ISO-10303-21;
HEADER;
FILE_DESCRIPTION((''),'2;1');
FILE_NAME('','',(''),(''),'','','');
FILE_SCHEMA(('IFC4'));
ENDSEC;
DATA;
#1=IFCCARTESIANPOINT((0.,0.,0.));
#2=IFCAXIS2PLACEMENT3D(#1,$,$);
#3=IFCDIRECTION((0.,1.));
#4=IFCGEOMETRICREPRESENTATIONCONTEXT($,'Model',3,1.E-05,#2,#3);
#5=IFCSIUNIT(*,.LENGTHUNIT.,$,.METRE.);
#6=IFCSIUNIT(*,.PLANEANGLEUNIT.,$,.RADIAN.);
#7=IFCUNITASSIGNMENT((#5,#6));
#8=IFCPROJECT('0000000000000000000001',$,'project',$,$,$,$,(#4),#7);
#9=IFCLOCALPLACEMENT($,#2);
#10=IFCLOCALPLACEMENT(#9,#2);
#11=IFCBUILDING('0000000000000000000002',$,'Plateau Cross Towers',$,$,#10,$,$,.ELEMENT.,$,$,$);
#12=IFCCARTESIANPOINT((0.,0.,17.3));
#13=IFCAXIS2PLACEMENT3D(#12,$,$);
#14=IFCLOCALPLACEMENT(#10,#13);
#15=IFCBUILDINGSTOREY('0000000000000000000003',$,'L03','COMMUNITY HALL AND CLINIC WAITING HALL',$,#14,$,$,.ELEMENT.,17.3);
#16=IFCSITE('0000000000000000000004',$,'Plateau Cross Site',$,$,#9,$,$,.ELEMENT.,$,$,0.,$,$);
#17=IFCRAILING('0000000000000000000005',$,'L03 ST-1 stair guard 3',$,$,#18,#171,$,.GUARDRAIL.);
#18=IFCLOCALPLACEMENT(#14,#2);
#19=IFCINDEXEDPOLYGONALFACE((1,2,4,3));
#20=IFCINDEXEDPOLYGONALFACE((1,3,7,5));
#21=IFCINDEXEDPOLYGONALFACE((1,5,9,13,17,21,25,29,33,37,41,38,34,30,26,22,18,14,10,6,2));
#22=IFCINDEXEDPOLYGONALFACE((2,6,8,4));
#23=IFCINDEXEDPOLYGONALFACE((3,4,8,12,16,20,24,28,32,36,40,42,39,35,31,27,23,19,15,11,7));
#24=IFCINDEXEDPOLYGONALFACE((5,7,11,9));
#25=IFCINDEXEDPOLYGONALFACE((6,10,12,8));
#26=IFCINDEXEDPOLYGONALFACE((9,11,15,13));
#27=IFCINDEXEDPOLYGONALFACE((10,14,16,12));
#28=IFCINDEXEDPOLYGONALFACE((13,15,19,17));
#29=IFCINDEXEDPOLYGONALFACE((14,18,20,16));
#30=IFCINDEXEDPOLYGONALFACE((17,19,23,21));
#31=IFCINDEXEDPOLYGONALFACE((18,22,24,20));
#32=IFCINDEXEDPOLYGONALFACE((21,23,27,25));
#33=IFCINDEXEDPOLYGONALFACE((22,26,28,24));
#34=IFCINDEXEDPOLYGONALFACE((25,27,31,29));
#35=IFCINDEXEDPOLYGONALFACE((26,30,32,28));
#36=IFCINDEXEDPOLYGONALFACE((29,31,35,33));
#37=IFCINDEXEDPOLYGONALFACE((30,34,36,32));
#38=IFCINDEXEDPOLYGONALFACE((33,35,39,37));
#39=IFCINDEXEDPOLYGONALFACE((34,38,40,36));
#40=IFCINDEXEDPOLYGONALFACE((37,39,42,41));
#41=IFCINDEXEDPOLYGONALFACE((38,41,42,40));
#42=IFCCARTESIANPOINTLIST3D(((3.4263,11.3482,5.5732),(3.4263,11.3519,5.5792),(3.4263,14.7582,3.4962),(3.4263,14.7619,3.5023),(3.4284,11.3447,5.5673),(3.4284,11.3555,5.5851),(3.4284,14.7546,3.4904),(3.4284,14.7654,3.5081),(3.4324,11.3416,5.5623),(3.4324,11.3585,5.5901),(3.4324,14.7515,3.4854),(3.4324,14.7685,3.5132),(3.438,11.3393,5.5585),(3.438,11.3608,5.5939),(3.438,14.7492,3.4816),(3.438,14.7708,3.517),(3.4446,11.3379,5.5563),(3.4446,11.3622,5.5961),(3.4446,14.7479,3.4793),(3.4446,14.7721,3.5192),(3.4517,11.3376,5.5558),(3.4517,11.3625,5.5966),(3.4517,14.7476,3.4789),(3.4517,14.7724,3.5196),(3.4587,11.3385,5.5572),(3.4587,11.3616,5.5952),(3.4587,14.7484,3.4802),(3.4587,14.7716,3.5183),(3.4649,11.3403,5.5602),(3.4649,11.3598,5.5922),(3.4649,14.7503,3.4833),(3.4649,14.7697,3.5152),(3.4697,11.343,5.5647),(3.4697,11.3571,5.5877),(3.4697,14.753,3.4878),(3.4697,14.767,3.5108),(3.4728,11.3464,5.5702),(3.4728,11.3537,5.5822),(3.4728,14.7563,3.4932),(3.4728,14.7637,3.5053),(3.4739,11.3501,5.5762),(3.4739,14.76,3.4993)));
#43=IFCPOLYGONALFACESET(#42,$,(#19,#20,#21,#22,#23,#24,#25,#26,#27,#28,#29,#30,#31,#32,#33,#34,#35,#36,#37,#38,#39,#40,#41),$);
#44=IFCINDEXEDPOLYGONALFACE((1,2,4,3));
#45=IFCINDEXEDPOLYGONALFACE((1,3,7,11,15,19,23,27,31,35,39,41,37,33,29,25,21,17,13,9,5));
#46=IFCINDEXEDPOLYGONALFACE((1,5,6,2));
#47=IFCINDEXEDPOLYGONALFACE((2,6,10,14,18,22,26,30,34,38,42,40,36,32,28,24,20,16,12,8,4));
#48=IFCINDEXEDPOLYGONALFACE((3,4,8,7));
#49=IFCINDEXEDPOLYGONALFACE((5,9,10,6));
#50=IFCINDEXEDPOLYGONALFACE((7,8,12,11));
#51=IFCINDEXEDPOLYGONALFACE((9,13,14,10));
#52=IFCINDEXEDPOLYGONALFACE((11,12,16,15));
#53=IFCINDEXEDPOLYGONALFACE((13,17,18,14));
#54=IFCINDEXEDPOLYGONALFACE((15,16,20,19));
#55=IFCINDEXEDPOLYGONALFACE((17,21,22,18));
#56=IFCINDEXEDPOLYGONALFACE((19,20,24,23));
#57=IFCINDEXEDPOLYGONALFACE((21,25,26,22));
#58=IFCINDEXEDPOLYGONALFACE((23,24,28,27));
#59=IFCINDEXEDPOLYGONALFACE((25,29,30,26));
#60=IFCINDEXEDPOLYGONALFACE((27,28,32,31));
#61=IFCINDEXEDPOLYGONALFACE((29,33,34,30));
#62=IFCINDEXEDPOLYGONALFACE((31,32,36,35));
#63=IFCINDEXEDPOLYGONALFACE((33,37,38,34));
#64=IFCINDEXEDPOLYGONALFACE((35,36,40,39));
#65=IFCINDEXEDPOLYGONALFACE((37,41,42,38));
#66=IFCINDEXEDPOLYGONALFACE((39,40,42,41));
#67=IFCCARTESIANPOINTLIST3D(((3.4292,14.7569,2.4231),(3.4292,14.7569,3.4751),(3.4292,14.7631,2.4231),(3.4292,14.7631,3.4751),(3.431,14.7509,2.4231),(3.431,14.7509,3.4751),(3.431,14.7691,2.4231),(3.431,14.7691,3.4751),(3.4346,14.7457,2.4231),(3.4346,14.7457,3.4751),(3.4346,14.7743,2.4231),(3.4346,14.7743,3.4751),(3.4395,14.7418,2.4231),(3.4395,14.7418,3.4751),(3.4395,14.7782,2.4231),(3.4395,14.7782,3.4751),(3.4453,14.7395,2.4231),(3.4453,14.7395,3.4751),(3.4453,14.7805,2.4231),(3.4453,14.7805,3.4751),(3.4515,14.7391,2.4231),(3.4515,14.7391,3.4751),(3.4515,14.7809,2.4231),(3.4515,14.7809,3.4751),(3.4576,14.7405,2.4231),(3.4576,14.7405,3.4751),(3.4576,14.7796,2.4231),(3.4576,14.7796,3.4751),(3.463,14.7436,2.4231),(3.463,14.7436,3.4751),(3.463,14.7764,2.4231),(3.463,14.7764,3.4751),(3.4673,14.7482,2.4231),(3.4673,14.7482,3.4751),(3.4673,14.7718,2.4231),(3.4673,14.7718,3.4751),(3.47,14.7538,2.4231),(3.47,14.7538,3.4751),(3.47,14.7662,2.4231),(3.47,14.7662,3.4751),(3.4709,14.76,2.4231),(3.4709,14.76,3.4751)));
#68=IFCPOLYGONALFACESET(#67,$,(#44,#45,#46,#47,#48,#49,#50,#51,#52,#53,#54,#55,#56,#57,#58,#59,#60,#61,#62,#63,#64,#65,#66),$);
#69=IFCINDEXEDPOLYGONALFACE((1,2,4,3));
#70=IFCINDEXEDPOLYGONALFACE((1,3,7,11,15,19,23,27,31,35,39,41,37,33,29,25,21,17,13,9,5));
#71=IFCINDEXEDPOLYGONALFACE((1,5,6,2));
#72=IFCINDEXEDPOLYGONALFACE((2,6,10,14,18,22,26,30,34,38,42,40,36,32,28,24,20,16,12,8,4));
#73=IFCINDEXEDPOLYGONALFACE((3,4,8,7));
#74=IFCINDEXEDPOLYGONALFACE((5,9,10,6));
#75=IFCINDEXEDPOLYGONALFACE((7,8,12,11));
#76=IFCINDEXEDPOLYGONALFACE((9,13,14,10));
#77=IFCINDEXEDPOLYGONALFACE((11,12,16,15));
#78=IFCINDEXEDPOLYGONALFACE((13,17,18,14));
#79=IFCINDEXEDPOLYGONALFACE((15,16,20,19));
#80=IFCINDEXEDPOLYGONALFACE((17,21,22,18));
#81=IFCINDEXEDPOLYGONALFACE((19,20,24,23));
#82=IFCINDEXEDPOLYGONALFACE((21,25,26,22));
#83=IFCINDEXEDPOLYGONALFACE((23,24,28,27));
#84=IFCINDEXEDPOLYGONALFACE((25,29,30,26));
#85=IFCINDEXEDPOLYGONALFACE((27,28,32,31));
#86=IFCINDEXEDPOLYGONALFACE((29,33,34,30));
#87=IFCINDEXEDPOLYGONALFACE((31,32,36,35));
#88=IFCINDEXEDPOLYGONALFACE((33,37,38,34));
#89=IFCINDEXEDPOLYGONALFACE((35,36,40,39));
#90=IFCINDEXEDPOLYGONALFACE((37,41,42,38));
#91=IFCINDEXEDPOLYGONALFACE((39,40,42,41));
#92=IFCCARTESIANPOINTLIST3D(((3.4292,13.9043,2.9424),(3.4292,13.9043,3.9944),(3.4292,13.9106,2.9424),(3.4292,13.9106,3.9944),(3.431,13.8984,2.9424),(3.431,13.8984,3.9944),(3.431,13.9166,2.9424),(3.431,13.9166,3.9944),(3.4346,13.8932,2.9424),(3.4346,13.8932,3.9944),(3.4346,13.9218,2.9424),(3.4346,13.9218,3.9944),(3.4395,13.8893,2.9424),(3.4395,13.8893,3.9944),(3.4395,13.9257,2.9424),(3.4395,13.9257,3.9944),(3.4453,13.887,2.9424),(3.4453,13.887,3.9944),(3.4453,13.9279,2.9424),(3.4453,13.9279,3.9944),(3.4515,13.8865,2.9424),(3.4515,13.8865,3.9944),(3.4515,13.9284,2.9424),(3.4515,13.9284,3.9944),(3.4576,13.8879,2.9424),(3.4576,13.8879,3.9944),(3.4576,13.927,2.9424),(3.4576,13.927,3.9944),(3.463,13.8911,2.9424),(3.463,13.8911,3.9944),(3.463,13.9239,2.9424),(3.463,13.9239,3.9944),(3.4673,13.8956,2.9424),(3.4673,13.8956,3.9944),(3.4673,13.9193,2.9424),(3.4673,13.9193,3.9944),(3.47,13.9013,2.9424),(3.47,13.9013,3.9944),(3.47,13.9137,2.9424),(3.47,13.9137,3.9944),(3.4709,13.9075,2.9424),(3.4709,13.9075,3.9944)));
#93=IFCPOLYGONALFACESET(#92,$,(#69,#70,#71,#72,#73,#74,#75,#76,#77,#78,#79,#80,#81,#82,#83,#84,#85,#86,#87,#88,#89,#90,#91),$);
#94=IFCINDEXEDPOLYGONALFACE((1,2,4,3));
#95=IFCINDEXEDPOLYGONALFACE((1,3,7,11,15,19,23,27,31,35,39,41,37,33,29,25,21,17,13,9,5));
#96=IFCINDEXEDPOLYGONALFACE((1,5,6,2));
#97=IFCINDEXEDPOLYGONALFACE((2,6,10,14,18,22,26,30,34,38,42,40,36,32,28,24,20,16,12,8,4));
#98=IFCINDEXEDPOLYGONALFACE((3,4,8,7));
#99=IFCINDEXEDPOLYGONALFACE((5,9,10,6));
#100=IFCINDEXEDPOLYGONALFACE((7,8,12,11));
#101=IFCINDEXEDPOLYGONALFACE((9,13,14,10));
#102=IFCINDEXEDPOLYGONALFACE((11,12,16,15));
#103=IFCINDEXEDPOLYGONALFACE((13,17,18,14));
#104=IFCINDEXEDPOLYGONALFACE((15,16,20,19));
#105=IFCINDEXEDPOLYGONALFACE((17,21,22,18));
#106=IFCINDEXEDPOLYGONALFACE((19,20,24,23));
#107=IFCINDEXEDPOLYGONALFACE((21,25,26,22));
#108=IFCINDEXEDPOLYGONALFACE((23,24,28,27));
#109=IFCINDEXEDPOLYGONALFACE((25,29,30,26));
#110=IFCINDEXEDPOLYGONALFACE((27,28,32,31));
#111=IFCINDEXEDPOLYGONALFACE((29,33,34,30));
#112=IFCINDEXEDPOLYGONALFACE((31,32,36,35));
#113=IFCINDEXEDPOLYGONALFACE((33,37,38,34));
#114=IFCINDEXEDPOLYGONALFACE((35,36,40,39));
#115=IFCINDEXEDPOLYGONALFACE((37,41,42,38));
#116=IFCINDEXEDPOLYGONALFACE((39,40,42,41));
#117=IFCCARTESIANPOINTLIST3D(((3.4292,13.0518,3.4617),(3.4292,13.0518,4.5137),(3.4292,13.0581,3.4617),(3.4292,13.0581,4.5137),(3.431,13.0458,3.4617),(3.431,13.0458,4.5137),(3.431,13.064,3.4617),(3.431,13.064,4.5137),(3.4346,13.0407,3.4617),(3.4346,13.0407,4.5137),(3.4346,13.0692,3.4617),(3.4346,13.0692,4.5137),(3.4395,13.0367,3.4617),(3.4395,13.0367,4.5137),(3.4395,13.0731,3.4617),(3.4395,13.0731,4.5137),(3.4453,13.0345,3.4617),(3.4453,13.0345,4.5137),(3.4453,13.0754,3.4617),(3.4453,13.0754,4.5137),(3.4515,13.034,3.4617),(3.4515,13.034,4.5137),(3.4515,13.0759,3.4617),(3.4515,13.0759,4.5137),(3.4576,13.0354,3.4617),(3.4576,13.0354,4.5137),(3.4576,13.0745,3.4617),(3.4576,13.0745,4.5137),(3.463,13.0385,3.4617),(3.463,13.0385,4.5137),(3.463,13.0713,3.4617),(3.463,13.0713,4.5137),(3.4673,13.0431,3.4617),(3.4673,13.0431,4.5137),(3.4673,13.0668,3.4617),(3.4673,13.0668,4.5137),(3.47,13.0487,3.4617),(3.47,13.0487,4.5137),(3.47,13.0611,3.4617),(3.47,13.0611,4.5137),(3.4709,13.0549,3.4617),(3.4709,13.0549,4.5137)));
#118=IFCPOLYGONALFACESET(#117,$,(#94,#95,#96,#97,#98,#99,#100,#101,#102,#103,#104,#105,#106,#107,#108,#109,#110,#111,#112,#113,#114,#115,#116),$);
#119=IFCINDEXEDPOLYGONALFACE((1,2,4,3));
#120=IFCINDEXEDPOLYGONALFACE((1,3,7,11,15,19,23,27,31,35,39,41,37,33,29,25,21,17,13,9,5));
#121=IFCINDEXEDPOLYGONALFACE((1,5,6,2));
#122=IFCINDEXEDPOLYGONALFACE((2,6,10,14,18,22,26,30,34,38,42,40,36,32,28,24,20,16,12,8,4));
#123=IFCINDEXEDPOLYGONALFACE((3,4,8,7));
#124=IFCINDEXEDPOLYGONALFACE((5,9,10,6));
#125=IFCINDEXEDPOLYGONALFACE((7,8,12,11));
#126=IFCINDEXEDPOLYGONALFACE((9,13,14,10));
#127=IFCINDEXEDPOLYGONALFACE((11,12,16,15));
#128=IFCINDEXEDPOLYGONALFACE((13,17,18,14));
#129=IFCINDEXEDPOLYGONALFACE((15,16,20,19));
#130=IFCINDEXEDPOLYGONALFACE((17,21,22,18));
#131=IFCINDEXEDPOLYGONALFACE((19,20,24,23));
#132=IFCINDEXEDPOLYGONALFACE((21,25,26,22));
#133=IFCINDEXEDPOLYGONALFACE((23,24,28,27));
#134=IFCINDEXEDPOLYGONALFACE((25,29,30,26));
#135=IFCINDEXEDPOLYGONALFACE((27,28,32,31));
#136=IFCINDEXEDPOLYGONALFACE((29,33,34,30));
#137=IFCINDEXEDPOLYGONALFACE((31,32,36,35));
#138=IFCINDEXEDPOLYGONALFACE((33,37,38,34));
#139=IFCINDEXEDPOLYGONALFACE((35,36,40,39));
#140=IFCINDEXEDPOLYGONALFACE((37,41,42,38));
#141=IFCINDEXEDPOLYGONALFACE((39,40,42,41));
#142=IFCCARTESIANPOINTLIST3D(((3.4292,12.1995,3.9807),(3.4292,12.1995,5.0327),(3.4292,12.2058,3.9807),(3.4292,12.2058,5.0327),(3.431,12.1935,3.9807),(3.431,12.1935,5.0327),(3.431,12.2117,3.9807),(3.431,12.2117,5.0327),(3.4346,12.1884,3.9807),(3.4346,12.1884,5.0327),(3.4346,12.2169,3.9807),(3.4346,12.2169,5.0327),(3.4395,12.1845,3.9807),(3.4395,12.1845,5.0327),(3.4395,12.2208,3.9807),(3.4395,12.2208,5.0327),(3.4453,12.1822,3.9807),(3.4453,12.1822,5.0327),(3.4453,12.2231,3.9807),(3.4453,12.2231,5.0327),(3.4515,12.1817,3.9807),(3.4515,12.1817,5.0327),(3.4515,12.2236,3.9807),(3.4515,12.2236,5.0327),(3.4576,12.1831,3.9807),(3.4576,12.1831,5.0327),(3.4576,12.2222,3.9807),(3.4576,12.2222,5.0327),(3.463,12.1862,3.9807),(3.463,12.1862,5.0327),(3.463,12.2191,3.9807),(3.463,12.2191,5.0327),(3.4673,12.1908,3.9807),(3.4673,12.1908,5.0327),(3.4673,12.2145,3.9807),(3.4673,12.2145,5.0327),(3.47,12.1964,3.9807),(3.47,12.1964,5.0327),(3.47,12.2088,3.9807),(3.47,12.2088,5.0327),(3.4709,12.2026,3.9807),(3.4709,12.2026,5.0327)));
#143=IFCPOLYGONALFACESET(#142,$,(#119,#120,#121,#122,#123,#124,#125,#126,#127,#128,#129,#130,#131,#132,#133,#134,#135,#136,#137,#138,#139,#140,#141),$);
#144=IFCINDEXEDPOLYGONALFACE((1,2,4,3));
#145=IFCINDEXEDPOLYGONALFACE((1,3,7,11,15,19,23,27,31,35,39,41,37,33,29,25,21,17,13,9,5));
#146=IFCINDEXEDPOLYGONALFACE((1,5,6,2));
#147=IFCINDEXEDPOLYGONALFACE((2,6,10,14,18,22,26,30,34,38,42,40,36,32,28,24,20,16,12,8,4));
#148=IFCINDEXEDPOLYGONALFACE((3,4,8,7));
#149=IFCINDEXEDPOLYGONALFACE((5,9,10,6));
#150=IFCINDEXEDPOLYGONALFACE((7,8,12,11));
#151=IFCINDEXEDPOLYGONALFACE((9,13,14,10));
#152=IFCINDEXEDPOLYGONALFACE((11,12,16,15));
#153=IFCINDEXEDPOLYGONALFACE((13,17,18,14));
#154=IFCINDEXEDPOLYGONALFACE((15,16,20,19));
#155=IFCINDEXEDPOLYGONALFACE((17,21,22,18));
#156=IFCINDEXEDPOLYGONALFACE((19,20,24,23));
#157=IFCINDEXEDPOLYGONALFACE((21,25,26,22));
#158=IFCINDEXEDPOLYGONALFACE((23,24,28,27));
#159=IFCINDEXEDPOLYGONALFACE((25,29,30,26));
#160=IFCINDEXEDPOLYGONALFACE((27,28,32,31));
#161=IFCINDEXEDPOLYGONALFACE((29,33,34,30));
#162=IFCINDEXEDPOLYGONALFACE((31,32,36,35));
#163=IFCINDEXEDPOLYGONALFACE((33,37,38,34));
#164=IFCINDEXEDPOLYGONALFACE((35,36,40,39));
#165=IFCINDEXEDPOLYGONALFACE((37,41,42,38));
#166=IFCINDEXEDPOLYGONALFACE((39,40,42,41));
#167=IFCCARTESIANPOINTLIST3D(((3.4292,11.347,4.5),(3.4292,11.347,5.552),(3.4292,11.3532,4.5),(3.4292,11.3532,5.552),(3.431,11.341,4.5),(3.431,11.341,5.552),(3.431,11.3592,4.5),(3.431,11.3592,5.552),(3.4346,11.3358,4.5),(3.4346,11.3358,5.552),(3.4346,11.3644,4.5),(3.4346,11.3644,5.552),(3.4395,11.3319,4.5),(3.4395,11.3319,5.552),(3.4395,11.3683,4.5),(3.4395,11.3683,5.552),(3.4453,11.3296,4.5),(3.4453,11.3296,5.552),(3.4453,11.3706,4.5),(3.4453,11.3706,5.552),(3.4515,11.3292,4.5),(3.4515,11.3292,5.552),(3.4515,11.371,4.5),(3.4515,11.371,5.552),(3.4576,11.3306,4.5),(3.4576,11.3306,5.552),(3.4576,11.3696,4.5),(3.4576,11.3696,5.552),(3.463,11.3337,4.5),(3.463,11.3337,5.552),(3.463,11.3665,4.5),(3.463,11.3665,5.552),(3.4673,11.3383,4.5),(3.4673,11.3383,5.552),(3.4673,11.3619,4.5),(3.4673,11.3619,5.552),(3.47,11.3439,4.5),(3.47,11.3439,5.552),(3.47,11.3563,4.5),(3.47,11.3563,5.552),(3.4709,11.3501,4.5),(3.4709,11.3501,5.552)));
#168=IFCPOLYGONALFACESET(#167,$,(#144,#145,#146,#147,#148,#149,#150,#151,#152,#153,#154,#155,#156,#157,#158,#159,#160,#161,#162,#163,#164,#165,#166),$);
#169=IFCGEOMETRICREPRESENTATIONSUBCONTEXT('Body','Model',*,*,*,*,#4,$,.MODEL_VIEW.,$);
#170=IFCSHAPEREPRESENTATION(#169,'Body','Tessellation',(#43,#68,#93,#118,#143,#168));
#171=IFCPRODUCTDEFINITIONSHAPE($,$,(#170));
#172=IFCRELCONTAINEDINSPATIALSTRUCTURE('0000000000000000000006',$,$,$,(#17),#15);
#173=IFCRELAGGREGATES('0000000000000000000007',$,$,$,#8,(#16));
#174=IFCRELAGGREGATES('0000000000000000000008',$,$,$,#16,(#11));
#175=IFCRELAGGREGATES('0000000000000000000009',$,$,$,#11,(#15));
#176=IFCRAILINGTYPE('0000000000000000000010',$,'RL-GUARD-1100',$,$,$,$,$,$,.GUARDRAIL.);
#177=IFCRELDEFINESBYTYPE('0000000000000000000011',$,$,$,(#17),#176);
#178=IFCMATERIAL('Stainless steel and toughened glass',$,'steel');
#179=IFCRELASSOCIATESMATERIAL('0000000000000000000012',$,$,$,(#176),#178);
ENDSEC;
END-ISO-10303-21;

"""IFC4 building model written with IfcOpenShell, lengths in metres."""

from ifc_helpers import new_model, si_unit, direction, frame, origin, origin_2d, place, context, subcontext, project, spatial, circle, extrude, material, type_object, element, save


model = new_model("IFC4")

# Units and contexts
model_context = context("Model", 3, precision=1e-05, world=origin(), true_north=direction((0.0, 1.0)))
body_context = subcontext(model_context, "Body", "Model", "MODEL_VIEW")
ifc_project = project(units=[si_unit("LENGTHUNIT", "METRE"), si_unit("PLANEANGLEUNIT", "RADIAN")], contexts=[model_context])

# Site, building, storey
site_placement = place(None, origin())
site = spatial("IfcSite", under=ifc_project, at=site_placement, Name="Plateau Cross Site", CompositionType="ELEMENT", RefElevation=0.0)
building_placement = place(site_placement, origin())
building = spatial("IfcBuilding", under=site, at=building_placement, Name="Plateau Cross Towers", CompositionType="ELEMENT")
storey_placement = place(building_placement, frame((0.0, 0.0, 17.3)))
storey = spatial("IfcBuildingStorey", under=building, at=storey_placement, Name="L03", Description="COMMUNITY HALL AND CLINIC WAITING HALL", CompositionType="ELEMENT", Elevation=17.3)

# Railing
ifc_material_1 = material(Name="Stainless steel and toughened glass", Category="steel")
railing_type_1 = type_object("IfcRailingType", Name="RL-GUARD-1100", PredefinedType="GUARDRAIL", material=ifc_material_1)
railing_1_placement = place(storey_placement, frame((3.45, 14.76, 2.4231)))
element("IfcRailing", 1, at=railing_1_placement, inside=storey, type_object=railing_type_1, Name="L03 ST-1 stair guard 3", PredefinedType="GUARDRAIL", context=body_context, shape_type="SweptSolid", body=[
    extrude(circle(Radius=0.0239, at=origin_2d()), frame((0.0, 0.0, 1.0762), z_axis=(0.0, -0.854053, 0.520186), x_axis=(1.0, 0.0, 0.0)), (0.0, 0.0, 1.0), 3.9927),
    extrude(circle(Radius=0.021, at=origin_2d()), origin(), (0.0, 0.0, 1.0), 1.052),
    extrude(circle(Radius=0.021, at=origin_2d()), frame((0.0, -0.8525, 0.5193)), (0.0, 0.0, 1.0), 1.052),
    extrude(circle(Radius=0.021, at=origin_2d()), frame((0.0, -1.7051, 1.0386)), (0.0, 0.0, 1.0), 1.052),
    extrude(circle(Radius=0.021, at=origin_2d()), frame((0.0, -2.5574, 1.5576)), (0.0, 0.0, 1.0), 1.052),
    extrude(circle(Radius=0.021, at=origin_2d()), frame((0.0, -3.4099, 2.0769)), (0.0, 0.0, 1.0), 1.052),
])

save(model, "model.ifc")
